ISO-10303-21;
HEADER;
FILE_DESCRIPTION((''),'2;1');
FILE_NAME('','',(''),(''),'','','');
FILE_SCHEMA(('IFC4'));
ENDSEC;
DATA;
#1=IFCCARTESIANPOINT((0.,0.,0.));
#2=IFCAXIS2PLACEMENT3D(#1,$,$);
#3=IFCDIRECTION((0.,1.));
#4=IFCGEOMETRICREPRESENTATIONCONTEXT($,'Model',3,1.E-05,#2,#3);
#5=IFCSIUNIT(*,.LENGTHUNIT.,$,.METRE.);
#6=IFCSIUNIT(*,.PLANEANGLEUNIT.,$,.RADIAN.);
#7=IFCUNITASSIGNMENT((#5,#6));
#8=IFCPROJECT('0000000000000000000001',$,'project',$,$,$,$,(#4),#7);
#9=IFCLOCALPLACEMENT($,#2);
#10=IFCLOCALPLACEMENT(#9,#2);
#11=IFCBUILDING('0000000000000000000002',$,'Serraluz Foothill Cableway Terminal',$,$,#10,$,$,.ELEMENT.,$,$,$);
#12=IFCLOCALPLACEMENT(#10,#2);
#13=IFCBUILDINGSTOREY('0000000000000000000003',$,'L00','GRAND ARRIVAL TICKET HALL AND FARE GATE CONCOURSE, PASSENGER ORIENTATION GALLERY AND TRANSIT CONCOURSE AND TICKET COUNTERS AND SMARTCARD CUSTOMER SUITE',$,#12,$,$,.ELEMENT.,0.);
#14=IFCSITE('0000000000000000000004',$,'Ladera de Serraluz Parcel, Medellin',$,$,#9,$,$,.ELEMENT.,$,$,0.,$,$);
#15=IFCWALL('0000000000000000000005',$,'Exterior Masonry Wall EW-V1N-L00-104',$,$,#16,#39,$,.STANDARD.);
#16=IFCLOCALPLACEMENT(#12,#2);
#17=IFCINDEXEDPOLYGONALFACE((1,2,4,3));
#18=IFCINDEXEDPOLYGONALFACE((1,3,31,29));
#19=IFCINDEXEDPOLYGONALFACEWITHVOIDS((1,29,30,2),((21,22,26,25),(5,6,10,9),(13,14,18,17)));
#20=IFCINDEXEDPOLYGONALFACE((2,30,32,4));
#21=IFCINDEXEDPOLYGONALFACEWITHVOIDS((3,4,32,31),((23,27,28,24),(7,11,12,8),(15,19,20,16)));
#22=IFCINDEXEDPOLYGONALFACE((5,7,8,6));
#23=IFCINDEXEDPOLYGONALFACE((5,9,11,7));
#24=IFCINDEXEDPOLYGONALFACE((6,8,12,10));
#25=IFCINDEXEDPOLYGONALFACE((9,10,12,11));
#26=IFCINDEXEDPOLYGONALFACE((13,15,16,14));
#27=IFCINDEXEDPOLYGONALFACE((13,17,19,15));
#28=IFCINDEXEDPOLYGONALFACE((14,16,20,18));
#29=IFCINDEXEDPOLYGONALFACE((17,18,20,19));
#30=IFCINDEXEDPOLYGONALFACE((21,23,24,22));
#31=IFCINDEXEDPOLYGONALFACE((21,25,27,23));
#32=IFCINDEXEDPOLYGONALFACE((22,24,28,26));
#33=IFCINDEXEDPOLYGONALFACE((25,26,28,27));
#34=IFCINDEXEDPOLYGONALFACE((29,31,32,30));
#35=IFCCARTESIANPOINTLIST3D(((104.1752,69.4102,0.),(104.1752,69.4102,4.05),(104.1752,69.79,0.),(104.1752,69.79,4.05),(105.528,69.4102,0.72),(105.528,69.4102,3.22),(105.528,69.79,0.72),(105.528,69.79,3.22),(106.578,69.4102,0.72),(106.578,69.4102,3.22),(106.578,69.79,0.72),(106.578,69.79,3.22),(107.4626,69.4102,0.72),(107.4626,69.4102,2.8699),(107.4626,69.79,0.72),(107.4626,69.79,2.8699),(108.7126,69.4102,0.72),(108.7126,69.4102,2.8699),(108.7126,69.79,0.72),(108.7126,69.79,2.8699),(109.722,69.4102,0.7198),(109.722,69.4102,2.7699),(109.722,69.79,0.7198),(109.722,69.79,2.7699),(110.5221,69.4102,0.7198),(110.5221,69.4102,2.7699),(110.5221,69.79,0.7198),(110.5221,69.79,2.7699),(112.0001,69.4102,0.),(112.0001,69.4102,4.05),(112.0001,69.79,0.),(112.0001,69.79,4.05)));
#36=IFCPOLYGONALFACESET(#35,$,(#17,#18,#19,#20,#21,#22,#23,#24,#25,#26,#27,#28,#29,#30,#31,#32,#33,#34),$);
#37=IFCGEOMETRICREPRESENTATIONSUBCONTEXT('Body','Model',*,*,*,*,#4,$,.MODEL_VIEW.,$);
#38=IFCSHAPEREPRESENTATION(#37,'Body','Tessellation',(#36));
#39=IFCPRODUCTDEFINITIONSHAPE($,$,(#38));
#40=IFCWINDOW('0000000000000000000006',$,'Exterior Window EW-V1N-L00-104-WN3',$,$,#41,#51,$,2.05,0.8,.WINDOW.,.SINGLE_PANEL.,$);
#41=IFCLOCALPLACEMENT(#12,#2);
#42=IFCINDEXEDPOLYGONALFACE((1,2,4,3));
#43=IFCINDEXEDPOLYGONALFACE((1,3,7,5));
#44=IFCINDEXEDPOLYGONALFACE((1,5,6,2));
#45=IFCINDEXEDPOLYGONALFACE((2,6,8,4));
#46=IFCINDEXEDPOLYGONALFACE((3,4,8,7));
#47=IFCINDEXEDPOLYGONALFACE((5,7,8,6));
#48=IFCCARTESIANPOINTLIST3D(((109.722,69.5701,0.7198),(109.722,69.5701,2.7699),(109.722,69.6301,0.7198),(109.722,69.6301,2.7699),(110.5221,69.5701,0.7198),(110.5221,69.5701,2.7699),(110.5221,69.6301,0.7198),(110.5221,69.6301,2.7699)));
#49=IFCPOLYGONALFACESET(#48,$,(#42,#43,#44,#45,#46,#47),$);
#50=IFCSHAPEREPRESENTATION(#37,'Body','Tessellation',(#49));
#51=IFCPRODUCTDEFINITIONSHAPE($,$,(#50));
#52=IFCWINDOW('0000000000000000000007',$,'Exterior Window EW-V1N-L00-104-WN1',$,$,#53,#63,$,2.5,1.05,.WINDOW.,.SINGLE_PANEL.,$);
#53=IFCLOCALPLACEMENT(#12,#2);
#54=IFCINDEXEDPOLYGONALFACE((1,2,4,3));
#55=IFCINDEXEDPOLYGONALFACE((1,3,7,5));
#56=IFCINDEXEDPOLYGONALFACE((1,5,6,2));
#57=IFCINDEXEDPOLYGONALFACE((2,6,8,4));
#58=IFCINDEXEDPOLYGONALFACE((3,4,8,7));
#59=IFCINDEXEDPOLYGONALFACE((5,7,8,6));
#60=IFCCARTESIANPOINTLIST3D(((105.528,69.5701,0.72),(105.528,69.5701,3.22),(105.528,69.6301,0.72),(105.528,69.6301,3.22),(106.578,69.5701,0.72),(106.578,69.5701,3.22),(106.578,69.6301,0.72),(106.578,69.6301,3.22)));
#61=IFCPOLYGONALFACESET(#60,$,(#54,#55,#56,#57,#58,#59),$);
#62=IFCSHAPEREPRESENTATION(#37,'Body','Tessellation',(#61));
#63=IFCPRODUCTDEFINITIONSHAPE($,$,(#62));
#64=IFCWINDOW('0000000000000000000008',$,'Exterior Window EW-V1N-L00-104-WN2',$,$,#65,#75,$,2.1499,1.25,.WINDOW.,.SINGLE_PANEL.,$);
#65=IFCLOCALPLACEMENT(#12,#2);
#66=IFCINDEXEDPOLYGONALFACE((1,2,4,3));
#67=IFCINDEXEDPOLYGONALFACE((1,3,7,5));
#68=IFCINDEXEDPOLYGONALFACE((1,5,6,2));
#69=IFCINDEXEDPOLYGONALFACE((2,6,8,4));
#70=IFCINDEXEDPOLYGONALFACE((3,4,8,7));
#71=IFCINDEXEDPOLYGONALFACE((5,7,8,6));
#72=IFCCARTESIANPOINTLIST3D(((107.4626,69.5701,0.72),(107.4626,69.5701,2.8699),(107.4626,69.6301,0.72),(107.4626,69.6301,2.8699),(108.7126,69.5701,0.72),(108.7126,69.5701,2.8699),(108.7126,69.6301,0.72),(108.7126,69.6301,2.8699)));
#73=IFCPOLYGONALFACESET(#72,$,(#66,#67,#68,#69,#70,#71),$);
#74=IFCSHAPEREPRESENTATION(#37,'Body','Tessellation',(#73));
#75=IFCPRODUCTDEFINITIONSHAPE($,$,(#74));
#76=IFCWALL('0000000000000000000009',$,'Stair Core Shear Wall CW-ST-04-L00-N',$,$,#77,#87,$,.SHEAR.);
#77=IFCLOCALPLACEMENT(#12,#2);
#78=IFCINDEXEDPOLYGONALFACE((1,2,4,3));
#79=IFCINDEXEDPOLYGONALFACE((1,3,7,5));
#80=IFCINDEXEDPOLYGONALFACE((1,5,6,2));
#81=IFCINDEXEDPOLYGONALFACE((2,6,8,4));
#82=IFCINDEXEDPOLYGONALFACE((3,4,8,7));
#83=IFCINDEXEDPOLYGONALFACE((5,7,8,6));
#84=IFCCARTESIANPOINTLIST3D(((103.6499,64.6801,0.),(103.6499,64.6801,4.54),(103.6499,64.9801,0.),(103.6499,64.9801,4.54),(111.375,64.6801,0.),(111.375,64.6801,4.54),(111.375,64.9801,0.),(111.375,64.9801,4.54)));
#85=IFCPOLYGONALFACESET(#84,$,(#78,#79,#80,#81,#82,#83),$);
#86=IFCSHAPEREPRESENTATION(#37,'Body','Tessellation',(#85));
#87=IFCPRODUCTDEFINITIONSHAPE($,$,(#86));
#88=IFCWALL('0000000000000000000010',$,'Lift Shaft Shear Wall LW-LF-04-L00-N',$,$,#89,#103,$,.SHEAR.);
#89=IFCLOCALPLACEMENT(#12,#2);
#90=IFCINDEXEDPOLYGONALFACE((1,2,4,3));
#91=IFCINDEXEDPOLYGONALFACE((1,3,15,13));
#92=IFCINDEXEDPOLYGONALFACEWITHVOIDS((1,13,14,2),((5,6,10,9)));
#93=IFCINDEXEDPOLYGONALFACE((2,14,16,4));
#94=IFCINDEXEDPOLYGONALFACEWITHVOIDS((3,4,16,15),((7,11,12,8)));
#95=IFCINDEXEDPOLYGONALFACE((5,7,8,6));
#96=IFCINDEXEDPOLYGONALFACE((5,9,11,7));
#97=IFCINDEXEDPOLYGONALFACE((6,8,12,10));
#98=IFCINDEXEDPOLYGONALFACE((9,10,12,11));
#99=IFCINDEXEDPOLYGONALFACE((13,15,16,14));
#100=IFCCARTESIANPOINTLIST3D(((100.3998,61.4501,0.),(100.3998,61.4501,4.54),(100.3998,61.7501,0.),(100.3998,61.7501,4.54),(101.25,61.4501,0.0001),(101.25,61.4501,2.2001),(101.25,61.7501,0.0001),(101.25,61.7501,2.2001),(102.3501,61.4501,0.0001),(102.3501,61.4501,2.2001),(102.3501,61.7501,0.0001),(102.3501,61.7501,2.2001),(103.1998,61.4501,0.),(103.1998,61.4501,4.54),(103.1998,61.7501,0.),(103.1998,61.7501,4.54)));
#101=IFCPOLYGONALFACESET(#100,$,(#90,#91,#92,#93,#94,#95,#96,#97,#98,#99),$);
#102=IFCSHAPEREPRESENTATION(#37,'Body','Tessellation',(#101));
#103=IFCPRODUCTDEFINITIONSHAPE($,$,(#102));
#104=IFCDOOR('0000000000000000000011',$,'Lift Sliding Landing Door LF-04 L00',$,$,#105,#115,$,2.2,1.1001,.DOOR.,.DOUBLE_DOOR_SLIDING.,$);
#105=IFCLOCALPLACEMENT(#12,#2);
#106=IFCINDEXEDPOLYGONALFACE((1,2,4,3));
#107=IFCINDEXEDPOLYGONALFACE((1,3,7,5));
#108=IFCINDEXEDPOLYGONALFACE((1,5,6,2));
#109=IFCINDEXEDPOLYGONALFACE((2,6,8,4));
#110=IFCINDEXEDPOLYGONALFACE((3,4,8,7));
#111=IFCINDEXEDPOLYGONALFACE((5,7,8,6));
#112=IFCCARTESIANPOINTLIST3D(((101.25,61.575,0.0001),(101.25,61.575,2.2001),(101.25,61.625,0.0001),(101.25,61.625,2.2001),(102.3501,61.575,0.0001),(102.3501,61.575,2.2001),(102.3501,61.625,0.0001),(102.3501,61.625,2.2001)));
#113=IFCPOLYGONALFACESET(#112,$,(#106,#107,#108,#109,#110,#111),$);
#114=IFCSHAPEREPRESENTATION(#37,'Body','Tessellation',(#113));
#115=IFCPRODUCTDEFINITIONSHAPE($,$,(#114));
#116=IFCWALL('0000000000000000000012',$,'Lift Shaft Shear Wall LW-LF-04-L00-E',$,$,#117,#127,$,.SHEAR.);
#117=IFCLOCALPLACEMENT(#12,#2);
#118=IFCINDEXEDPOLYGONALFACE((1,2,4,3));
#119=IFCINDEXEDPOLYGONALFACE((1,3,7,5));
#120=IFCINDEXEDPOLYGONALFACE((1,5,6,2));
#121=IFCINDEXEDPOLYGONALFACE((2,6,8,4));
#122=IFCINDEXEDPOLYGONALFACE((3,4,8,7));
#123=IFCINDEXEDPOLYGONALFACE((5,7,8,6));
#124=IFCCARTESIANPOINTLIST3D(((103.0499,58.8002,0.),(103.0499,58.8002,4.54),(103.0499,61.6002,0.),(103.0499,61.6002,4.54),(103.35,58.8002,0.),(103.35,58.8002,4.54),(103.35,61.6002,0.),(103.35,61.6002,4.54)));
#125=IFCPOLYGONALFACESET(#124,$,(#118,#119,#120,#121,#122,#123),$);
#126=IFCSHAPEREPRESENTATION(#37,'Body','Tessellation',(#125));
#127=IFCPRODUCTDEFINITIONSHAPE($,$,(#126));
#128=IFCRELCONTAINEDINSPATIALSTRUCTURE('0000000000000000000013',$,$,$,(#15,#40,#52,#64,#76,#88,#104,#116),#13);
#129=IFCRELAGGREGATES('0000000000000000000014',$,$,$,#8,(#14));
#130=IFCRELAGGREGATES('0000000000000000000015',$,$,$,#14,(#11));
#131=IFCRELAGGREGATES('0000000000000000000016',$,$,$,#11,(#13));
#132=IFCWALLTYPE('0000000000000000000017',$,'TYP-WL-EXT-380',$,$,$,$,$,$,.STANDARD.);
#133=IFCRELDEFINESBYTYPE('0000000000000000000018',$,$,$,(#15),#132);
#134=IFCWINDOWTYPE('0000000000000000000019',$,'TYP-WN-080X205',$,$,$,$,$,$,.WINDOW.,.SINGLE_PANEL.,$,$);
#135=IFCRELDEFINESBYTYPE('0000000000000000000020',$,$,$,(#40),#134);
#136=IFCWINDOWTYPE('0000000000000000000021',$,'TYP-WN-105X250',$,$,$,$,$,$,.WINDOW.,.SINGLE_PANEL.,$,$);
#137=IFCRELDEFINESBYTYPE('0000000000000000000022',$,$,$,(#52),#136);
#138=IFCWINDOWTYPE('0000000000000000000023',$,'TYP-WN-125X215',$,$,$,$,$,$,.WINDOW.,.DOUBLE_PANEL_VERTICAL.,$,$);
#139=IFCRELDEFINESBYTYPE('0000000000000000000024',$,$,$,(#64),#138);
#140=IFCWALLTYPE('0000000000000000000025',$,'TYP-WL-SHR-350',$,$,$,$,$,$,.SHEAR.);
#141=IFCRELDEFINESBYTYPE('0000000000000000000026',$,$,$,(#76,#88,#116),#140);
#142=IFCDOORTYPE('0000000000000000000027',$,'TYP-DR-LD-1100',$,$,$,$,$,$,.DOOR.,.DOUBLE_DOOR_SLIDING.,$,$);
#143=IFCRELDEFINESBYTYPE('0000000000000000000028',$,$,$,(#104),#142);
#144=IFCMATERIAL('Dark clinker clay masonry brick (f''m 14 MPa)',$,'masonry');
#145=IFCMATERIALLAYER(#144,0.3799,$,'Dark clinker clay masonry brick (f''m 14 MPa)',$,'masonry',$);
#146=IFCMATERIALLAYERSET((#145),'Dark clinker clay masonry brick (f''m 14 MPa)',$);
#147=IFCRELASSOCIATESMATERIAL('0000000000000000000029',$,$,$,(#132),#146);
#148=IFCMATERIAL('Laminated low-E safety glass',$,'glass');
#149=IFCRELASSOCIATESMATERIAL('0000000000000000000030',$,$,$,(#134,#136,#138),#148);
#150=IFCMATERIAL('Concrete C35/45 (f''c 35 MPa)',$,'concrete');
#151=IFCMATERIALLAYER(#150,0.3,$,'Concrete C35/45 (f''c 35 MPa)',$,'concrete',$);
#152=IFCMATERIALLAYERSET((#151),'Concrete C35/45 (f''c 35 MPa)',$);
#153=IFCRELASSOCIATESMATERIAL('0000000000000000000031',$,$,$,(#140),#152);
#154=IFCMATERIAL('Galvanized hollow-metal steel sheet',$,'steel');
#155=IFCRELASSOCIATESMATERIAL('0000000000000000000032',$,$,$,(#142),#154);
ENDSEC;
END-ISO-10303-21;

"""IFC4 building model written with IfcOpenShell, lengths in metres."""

from ifc_helpers import new_model, si_unit, direction, frame, frame_2d, origin, place, context, subcontext, project, spatial, rectangle, extrude, material, layer, layer_set, type_object, element, fill, save


model = new_model("IFC4")

# Units and contexts
model_context = context("Model", 3, precision=1e-05, world=origin(), true_north=direction((0.0, 1.0)))
body_context = subcontext(model_context, "Body", "Model", "MODEL_VIEW")
ifc_project = project(units=[si_unit("LENGTHUNIT", "METRE"), si_unit("PLANEANGLEUNIT", "RADIAN")], contexts=[model_context])

# Site, building, storey
site_placement = place(None, origin())
site = spatial("IfcSite", under=ifc_project, at=site_placement, Name="Ladera de Serraluz Parcel, Medellin", CompositionType="ELEMENT", RefElevation=0.0)
building_placement = place(site_placement, origin())
building = spatial("IfcBuilding", under=site, at=building_placement, Name="Serraluz Foothill Cableway Terminal", CompositionType="ELEMENT")
storey_placement = place(building_placement, origin())
storey = spatial("IfcBuildingStorey", under=building, at=storey_placement, Name="L00", Description="GRAND ARRIVAL TICKET HALL AND FARE GATE CONCOURSE, PASSENGER ORIENTATION GALLERY AND TRANSIT CONCOURSE AND TICKET COUNTERS AND SMARTCARD CUSTOMER SUITE", CompositionType="ELEMENT", Elevation=0.0)

# Shared definitions
ifc_material_1 = material(Name="Concrete C35/45 (f'c 35 MPa)", Category="concrete")

# Shared definitions
ifc_material_2 = material(Name="Dark clinker clay masonry brick (f'm 14 MPa)", Category="masonry")

# Wall, openings, windows
ifc_layer_1 = layer(ifc_material_2, 0.3799, Name="Dark clinker clay masonry brick (f'm 14 MPa)", Category="masonry")
ifc_layer_set_1 = layer_set([ifc_layer_1], Name="Dark clinker clay masonry brick (f'm 14 MPa)")
wall_type_1 = type_object("IfcWallType", Name="TYP-WL-EXT-380", PredefinedType="STANDARD", material=ifc_layer_set_1)
wall_1_placement = place(storey_placement, frame((104.175, 69.6001, 0.0), z_axis=(0.0, 0.0, 1.0), x_axis=(1.0, 0.0, 0.0)))
wall_1 = element("IfcWall", 1, at=wall_1_placement, inside=storey, type_object=wall_type_1, Name="Exterior Masonry Wall EW-V1N-L00-104", PredefinedType="STANDARD", context=body_context, shape_type="SweptSolid", body=[
    extrude(rectangle(XDim=7.825, YDim=0.3799, at=frame_2d((3.9126, 0.0))), origin(), (0.0, 0.0, 1.0), 4.05),
])
opening_1_placement = place(wall_1_placement, frame((1.353, 0.0, 0.72)))
opening_1 = element("IfcOpeningElement", 2, at=opening_1_placement, cuts=wall_1, PredefinedType="OPENING", context=body_context, shape_type="SweptSolid", body=[
    extrude(rectangle(XDim=1.05, YDim=2.5, at=frame_2d((0.5249, 1.25))), frame((0.0, 0.2, 0.0), z_axis=(0.0, -1.0, 0.0), x_axis=(1.0, 0.0, 0.0)), (0.0, 0.0, 1.0), 0.3999),
])
opening_2_placement = place(wall_1_placement, frame((3.2876, 0.0, 0.72)))
opening_2 = element("IfcOpeningElement", 3, at=opening_2_placement, cuts=wall_1, PredefinedType="OPENING", context=body_context, shape_type="SweptSolid", body=[
    extrude(rectangle(XDim=1.25, YDim=2.1499, at=frame_2d((0.625, 1.075))), frame((0.0, 0.2, 0.0), z_axis=(0.0, -1.0, 0.0), x_axis=(1.0, 0.0, 0.0)), (0.0, 0.0, 1.0), 0.3999),
])
opening_3_placement = place(wall_1_placement, frame((5.5471, 0.0, 0.72)))
opening_3 = element("IfcOpeningElement", 4, at=opening_3_placement, cuts=wall_1, PredefinedType="OPENING", context=body_context, shape_type="SweptSolid", body=[
    extrude(rectangle(XDim=0.8, YDim=2.05, at=frame_2d((0.3999, 1.0249))), frame((0.0, 0.2, 0.0), z_axis=(0.0, -1.0, 0.0), x_axis=(1.0, 0.0, 0.0)), (0.0, 0.0, 1.0), 0.3999),
])
ifc_material_3 = material(Name="Laminated low-E safety glass", Category="glass")
window_type_1 = type_object("IfcWindowType", Name="TYP-WN-080X205", PartitioningType="SINGLE_PANEL", PredefinedType="WINDOW", material=ifc_material_3)
window_1_placement = place(opening_3_placement, origin())
window_1 = element("IfcWindow", 5, at=window_1_placement, inside=storey, type_object=window_type_1, Name="Exterior Window EW-V1N-L00-104-WN3", OverallHeight=2.05, OverallWidth=0.8, PartitioningType="SINGLE_PANEL", PredefinedType="WINDOW", context=body_context, shape_type="SweptSolid", body=[
    extrude(rectangle(XDim=0.8, YDim=2.05, at=frame_2d((0.3999, 1.0249))), frame((0.0, 0.03, 0.0), z_axis=(0.0, -1.0, 0.0), x_axis=(1.0, 0.0, 0.0)), (0.0, 0.0, 1.0), 0.0601),
])
fill(opening_3, window_1)
window_type_2 = type_object("IfcWindowType", Name="TYP-WN-105X250", PartitioningType="SINGLE_PANEL", PredefinedType="WINDOW", material=ifc_material_3)
window_2_placement = place(opening_1_placement, origin())
window_2 = element("IfcWindow", 6, at=window_2_placement, inside=storey, type_object=window_type_2, Name="Exterior Window EW-V1N-L00-104-WN1", OverallHeight=2.5, OverallWidth=1.05, PartitioningType="SINGLE_PANEL", PredefinedType="WINDOW", context=body_context, shape_type="SweptSolid", body=[
    extrude(rectangle(XDim=1.05, YDim=2.5, at=frame_2d((0.5249, 1.25))), frame((0.0, 0.03, 0.0), z_axis=(0.0, -1.0, 0.0), x_axis=(1.0, 0.0, 0.0)), (0.0, 0.0, 1.0), 0.0601),
])
fill(opening_1, window_2)
window_type_3 = type_object("IfcWindowType", Name="TYP-WN-125X215", PartitioningType="DOUBLE_PANEL_VERTICAL", PredefinedType="WINDOW", material=ifc_material_3)
window_3_placement = place(opening_2_placement, origin())
window_3 = element("IfcWindow", 7, at=window_3_placement, inside=storey, type_object=window_type_3, Name="Exterior Window EW-V1N-L00-104-WN2", OverallHeight=2.1499, OverallWidth=1.25, PartitioningType="SINGLE_PANEL", PredefinedType="WINDOW", context=body_context, shape_type="SweptSolid", body=[
    extrude(rectangle(XDim=1.25, YDim=2.1499, at=frame_2d((0.625, 1.075))), frame((0.0, 0.03, 0.0), z_axis=(0.0, -1.0, 0.0), x_axis=(1.0, 0.0, 0.0)), (0.0, 0.0, 1.0), 0.0601),
])
fill(opening_2, window_3)

# Wall
ifc_layer_2 = layer(ifc_material_1, 0.3, Name="Concrete C35/45 (f'c 35 MPa)", Category="concrete")
ifc_layer_set_2 = layer_set([ifc_layer_2], Name="Concrete C35/45 (f'c 35 MPa)")
wall_type_2 = type_object("IfcWallType", Name="TYP-WL-SHR-350", PredefinedType="SHEAR", material=ifc_layer_set_2)
wall_2_placement = place(storey_placement, frame((103.6499, 64.8301, 0.0), z_axis=(0.0, 0.0, 1.0), x_axis=(1.0, 0.0, 0.0)))
element("IfcWall", 8, at=wall_2_placement, inside=storey, type_object=wall_type_2, Name="Stair Core Shear Wall CW-ST-04-L00-N", PredefinedType="SHEAR", context=body_context, shape_type="SweptSolid", body=[
    extrude(rectangle(XDim=7.7251, YDim=0.3, at=frame_2d((3.8625, 0.0))), origin(), (0.0, 0.0, 1.0), 4.54),
])

# Wall, opening, door
wall_3_placement = place(storey_placement, frame((100.3999, 61.6001, 0.0), z_axis=(0.0, 0.0, 1.0), x_axis=(1.0, 0.0, 0.0)))
wall_3 = element("IfcWall", 9, at=wall_3_placement, inside=storey, type_object=wall_type_2, Name="Lift Shaft Shear Wall LW-LF-04-L00-N", PredefinedType="SHEAR", context=body_context, shape_type="SweptSolid", body=[
    extrude(rectangle(XDim=2.8, YDim=0.3, at=frame_2d((1.3999, 0.0))), origin(), (0.0, 0.0, 1.0), 4.54),
])
opening_4_placement = place(wall_3_placement, frame((0.8501, 0.0, 0.0)))
opening_4 = element("IfcOpeningElement", 10, at=opening_4_placement, cuts=wall_3, PredefinedType="OPENING", context=body_context, shape_type="SweptSolid", body=[
    extrude(rectangle(XDim=1.1001, YDim=2.2, at=frame_2d((0.55, 1.1001))), frame((0.0, 0.1602, 0.0), z_axis=(0.0, -1.0, 0.0), x_axis=(1.0, 0.0, 0.0)), (0.0, 0.0, 1.0), 0.3201),
])
ifc_material_4 = material(Name="Galvanized hollow-metal steel sheet", Category="steel")
door_type = type_object("IfcDoorType", Name="TYP-DR-LD-1100", OperationType="DOUBLE_DOOR_SLIDING", PredefinedType="DOOR", material=ifc_material_4)
door_placement = place(opening_4_placement, origin())
door = element("IfcDoor", 11, at=door_placement, inside=storey, type_object=door_type, Name="Lift Sliding Landing Door LF-04 L00", OperationType="DOUBLE_DOOR_SLIDING", OverallHeight=2.2, OverallWidth=1.1001, PredefinedType="DOOR", context=body_context, shape_type="SweptSolid", body=[
    extrude(rectangle(XDim=1.1001, YDim=2.2, at=frame_2d((0.55, 1.1001))), frame((0.0, 0.0249, 0.0), z_axis=(0.0, -1.0, 0.0), x_axis=(1.0, 0.0, 0.0)), (0.0, 0.0, 1.0), 0.05),
])
fill(opening_4, door)

# Wall
wall_4_placement = place(storey_placement, frame((103.2, 61.6001, 0.0), z_axis=(0.0, 0.0, 1.0), x_axis=(0.0, -1.0, 0.0)))
element("IfcWall", 12, at=wall_4_placement, inside=storey, type_object=wall_type_2, Name="Lift Shaft Shear Wall LW-LF-04-L00-E", PredefinedType="SHEAR", context=body_context, shape_type="SweptSolid", body=[
    extrude(rectangle(XDim=2.8, YDim=0.3, at=frame_2d((1.3999, 0.0))), origin(), (0.0, 0.0, 1.0), 4.54),
])

save(model, "model.ifc")
